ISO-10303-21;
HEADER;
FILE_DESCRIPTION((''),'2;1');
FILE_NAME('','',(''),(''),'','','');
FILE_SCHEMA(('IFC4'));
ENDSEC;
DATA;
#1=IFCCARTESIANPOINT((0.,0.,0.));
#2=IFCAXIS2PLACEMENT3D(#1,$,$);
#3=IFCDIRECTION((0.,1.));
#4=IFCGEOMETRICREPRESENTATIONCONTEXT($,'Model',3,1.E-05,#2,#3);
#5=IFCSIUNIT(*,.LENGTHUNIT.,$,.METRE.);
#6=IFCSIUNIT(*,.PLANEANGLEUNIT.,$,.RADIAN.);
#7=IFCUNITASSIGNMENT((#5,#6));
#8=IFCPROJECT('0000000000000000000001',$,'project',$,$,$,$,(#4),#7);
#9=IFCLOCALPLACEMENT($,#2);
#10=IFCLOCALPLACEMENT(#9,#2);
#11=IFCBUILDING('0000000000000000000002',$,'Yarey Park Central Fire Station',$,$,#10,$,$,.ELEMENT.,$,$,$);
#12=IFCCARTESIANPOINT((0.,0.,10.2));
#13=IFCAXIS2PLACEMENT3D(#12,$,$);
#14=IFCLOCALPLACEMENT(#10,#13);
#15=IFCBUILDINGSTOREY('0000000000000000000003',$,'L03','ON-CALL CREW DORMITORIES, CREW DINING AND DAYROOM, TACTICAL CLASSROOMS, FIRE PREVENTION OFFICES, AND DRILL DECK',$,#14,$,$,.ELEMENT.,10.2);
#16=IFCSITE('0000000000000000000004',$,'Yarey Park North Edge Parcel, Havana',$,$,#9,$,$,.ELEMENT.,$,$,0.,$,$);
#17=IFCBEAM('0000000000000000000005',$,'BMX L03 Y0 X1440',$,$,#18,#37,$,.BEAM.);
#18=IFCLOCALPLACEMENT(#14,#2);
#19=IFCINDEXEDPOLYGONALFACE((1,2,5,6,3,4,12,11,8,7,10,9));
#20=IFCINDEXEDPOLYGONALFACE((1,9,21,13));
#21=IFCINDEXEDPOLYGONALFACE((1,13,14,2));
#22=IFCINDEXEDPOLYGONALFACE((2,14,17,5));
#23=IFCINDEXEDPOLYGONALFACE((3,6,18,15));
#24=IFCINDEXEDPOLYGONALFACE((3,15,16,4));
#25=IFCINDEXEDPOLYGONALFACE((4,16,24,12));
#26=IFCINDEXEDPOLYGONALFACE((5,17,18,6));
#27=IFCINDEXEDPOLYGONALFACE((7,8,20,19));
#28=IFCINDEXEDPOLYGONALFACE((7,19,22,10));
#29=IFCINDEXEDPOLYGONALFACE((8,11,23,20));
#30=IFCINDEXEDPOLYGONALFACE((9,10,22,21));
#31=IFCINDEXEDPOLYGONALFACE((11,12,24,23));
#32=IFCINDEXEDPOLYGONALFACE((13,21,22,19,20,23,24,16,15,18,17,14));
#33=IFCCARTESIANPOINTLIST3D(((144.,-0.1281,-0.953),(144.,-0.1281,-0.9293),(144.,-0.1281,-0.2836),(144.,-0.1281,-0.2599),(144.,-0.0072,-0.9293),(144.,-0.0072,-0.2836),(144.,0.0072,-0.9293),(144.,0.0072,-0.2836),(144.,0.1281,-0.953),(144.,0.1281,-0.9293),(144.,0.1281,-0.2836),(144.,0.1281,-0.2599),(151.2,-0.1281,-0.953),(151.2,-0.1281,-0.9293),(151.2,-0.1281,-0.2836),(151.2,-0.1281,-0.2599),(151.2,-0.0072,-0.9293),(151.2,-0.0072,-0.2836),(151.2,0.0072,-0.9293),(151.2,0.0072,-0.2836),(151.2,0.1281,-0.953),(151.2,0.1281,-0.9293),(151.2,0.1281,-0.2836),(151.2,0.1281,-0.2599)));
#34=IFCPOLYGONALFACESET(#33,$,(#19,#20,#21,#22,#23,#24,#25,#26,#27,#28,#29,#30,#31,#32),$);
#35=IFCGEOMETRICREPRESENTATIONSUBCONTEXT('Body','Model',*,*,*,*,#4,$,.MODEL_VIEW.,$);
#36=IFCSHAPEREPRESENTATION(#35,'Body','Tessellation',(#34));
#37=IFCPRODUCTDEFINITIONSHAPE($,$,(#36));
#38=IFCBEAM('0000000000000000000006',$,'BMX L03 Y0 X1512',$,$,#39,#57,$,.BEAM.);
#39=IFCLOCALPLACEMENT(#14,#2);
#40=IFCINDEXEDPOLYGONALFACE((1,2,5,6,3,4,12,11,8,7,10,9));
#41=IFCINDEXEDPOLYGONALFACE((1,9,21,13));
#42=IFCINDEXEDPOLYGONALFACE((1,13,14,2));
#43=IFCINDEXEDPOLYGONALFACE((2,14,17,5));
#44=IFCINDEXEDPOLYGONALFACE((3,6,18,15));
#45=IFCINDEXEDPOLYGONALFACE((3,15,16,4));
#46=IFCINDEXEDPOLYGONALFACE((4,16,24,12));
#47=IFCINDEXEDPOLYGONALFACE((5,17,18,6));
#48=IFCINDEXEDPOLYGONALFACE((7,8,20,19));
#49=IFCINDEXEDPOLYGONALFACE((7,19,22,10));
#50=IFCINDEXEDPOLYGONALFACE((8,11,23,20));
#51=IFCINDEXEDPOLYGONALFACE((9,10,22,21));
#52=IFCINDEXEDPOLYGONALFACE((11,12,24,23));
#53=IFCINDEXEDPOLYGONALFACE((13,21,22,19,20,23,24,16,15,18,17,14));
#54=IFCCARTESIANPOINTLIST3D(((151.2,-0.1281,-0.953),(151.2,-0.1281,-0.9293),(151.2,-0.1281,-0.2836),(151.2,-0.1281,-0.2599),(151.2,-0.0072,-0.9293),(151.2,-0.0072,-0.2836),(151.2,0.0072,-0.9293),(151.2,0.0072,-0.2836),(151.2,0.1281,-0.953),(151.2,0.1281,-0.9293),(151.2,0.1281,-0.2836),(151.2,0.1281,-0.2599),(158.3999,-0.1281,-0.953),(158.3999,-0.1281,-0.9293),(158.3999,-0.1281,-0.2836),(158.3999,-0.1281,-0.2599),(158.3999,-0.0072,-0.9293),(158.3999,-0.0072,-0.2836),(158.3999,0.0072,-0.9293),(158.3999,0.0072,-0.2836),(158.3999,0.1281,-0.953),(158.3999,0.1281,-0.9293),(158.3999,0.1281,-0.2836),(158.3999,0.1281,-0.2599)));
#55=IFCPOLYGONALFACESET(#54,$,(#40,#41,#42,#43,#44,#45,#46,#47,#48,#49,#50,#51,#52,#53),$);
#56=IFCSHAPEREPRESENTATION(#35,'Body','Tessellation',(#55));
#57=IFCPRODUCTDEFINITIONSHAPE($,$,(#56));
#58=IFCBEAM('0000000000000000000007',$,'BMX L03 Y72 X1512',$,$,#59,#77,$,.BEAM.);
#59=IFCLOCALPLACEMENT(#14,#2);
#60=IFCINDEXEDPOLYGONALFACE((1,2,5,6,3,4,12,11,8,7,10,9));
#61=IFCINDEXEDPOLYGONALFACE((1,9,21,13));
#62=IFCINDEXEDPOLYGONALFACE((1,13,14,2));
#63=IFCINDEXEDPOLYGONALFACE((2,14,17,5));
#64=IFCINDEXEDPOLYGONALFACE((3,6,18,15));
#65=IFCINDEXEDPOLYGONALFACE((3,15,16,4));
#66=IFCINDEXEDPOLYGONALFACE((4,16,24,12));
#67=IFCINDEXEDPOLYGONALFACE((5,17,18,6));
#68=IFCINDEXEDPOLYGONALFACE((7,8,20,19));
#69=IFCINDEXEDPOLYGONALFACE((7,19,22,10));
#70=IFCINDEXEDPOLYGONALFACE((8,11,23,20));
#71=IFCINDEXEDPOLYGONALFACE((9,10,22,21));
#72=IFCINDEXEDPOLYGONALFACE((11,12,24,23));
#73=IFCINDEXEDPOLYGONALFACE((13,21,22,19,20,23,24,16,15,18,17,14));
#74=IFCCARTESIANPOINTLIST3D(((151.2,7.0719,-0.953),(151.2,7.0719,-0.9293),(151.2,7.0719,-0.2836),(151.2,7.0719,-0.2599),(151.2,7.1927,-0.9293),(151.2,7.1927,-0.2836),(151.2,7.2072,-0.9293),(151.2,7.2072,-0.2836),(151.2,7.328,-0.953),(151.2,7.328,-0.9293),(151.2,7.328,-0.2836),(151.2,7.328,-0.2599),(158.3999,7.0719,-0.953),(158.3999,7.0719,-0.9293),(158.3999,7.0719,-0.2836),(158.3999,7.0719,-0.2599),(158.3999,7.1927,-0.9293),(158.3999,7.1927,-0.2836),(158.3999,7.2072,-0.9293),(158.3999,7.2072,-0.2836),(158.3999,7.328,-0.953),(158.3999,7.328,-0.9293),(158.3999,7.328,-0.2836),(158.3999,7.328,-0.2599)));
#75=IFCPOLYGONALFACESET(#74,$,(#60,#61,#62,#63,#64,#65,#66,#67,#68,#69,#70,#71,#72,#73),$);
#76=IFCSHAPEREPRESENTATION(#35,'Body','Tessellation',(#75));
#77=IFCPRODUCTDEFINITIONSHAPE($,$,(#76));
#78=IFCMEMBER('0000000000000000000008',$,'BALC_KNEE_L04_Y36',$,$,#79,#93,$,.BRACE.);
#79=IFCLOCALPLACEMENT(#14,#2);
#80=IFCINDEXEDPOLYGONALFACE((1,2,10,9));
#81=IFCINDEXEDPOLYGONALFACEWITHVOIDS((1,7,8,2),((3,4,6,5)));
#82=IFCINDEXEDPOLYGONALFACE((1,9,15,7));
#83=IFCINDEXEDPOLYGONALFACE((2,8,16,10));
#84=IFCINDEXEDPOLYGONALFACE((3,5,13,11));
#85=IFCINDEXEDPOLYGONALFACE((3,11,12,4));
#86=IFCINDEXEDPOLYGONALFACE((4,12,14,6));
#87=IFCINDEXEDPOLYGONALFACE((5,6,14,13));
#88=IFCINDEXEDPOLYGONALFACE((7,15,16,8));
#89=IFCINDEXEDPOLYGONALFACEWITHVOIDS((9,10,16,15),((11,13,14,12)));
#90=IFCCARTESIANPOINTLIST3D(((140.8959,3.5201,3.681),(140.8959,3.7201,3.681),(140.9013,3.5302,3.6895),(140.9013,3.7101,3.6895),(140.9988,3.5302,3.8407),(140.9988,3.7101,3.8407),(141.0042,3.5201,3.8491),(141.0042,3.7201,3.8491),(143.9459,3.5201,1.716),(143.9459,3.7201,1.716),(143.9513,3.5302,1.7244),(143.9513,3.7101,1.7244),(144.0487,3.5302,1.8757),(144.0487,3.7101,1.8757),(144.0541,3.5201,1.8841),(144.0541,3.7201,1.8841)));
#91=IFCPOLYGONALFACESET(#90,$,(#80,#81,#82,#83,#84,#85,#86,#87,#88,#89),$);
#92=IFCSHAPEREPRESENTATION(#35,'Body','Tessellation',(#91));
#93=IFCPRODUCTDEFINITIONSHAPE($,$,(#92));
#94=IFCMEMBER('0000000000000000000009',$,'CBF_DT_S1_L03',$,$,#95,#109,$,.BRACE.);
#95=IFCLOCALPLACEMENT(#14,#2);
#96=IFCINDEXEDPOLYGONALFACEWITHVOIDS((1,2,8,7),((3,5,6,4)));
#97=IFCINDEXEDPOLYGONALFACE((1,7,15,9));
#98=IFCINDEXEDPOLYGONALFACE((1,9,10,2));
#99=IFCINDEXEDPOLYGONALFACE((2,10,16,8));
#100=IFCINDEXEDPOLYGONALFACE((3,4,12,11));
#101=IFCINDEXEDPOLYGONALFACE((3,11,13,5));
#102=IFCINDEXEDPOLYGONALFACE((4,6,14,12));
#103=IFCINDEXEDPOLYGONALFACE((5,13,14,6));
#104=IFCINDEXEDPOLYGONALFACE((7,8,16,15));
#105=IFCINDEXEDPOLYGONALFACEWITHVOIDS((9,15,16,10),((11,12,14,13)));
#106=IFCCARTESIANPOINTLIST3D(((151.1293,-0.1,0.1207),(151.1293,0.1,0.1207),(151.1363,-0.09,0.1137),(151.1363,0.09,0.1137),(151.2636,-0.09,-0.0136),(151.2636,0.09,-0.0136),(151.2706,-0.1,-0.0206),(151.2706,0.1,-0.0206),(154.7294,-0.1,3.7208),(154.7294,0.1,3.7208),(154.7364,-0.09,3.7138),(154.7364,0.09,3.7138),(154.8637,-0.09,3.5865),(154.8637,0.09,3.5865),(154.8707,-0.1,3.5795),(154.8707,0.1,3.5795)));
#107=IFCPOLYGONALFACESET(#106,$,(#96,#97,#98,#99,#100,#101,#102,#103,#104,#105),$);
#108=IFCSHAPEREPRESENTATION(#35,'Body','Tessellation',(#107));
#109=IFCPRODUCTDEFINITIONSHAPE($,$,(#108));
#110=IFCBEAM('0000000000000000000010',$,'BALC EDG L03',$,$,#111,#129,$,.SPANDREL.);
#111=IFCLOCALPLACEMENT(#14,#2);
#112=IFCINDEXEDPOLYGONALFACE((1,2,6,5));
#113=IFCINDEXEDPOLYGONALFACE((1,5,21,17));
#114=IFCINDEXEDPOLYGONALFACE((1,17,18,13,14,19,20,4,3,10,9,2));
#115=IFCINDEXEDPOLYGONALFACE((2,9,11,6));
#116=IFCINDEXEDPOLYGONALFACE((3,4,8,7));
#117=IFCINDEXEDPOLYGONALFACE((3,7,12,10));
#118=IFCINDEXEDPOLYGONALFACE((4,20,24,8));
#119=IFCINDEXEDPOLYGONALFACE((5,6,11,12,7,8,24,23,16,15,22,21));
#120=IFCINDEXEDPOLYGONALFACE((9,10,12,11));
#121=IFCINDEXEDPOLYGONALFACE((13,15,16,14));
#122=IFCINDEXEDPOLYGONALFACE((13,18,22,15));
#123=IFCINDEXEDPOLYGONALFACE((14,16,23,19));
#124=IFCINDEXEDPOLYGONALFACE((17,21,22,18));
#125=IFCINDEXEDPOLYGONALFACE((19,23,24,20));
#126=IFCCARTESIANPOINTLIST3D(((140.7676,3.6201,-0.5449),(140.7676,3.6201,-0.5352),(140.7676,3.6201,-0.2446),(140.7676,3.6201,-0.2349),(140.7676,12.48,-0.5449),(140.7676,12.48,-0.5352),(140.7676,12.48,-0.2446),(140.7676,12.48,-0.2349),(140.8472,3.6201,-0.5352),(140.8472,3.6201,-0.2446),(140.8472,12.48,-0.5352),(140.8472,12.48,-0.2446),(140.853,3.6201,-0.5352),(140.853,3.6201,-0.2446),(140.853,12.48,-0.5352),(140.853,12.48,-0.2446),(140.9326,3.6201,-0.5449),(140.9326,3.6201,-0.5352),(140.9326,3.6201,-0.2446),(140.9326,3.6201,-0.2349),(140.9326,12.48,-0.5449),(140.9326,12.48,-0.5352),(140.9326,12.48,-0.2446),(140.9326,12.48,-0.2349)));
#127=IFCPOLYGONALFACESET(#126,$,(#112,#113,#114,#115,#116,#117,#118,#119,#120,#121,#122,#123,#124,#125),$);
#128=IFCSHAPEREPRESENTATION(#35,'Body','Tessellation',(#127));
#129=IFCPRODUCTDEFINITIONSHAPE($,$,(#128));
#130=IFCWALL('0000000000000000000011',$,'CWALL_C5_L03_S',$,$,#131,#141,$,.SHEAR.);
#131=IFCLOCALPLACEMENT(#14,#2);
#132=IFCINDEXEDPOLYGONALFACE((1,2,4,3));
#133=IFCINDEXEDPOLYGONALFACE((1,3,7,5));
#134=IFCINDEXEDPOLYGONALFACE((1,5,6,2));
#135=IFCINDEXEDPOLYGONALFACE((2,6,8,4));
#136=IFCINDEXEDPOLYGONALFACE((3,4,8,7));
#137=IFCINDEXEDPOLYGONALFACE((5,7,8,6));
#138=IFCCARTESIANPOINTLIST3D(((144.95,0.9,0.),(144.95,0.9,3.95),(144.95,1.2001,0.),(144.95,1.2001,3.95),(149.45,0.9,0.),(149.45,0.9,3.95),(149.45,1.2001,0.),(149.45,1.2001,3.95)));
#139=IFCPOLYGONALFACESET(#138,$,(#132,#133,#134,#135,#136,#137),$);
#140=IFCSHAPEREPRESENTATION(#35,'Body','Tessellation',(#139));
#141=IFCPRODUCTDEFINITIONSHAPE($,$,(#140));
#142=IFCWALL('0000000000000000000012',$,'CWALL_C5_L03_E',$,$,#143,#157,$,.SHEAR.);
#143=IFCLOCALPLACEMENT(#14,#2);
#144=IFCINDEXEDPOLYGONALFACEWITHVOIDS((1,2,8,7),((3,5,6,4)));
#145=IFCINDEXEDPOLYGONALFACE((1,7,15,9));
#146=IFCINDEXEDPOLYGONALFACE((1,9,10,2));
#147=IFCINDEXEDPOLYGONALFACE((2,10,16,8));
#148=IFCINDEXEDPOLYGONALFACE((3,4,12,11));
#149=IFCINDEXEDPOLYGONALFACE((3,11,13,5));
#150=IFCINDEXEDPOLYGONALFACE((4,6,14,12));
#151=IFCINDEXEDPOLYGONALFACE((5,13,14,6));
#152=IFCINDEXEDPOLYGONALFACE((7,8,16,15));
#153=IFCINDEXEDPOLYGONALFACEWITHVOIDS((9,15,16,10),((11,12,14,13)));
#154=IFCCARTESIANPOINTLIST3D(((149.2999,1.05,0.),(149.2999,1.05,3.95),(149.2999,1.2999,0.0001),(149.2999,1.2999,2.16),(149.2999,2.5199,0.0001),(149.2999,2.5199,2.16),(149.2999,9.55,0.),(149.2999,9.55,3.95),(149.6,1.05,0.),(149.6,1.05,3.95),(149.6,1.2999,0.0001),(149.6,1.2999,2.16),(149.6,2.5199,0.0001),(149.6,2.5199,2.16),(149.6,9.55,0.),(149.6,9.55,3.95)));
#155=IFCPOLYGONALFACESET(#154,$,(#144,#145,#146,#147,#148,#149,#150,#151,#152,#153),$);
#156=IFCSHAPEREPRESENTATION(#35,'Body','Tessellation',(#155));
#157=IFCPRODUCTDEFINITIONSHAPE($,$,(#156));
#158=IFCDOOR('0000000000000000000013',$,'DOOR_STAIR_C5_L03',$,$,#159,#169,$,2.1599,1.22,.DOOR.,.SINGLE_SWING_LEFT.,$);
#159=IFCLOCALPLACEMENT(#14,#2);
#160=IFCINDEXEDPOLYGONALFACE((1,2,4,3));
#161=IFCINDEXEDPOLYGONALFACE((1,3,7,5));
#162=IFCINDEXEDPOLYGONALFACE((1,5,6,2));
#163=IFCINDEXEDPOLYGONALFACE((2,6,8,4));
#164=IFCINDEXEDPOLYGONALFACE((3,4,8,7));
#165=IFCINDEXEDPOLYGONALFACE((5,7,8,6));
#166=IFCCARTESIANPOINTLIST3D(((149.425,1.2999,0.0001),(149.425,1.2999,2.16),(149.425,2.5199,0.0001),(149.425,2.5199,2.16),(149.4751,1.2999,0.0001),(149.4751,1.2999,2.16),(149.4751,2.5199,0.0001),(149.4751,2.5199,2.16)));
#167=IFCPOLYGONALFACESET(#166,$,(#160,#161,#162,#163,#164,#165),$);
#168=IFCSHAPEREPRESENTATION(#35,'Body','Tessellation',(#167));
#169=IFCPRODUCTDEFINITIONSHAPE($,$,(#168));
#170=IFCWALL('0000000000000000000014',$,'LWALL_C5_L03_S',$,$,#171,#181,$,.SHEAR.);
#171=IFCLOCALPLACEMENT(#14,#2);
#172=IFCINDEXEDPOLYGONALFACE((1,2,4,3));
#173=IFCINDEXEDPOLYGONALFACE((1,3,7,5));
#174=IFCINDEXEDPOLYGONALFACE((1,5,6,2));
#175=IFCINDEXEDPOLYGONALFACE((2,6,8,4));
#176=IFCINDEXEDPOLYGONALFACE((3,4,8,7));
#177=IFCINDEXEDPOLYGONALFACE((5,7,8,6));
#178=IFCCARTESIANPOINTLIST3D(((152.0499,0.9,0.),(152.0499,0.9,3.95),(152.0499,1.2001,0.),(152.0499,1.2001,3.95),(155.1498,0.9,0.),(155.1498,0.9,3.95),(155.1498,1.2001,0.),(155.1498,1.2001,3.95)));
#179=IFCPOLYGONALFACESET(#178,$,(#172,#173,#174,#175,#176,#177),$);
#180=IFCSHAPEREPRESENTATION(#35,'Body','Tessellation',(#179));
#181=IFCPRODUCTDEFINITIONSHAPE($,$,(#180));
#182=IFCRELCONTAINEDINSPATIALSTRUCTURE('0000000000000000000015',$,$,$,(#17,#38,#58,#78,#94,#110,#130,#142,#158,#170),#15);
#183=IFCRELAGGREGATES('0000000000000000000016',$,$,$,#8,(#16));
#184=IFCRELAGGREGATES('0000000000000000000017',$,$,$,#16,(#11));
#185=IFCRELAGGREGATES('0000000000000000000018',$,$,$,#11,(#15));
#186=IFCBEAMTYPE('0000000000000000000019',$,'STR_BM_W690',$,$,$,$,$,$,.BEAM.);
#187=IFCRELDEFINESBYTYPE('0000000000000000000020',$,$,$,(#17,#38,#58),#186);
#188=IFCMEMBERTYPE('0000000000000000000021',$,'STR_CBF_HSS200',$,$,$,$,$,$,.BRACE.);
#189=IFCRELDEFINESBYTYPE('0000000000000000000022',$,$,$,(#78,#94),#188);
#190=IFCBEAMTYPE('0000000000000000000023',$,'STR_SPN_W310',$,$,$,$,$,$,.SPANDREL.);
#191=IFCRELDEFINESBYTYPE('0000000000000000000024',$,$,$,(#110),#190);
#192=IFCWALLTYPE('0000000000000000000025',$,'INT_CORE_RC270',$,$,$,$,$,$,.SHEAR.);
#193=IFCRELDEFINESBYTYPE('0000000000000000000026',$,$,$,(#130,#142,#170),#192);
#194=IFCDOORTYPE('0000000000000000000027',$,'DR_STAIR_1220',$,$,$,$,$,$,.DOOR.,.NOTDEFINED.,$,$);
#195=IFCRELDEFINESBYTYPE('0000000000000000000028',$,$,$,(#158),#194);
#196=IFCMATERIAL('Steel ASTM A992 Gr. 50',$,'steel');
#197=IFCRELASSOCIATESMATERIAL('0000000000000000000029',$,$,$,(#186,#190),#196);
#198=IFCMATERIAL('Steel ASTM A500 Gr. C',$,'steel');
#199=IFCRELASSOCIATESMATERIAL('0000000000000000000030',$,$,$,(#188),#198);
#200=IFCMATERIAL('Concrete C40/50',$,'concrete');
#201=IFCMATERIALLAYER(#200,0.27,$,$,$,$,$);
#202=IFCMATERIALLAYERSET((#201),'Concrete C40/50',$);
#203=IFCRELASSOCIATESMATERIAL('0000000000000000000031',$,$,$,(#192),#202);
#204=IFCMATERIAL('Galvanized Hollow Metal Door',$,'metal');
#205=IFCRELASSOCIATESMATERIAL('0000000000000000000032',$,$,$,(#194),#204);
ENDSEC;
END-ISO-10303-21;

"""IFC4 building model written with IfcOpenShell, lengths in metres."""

from ifc_helpers import new_model, si_unit, direction, frame, frame_2d, origin, origin_2d, place, context, subcontext, project, spatial, rectangle, hollow_rectangle, i_section, extrude, material, layer, layer_set, material_profile, profile_set, type_object, element, fill, save


model = new_model("IFC4")

# Units and contexts
model_context = context("Model", 3, precision=1e-05, world=origin(), true_north=direction((0.0, 1.0)))
body_context = subcontext(model_context, "Body", "Model", "MODEL_VIEW")
ifc_project = project(units=[si_unit("LENGTHUNIT", "METRE"), si_unit("PLANEANGLEUNIT", "RADIAN")], contexts=[model_context])

# Site, building, storey
site_placement = place(None, origin())
site = spatial("IfcSite", under=ifc_project, at=site_placement, Name="Yarey Park North Edge Parcel, Havana", CompositionType="ELEMENT", RefElevation=0.0)
building_placement = place(site_placement, origin())
building = spatial("IfcBuilding", under=site, at=building_placement, Name="Yarey Park Central Fire Station", CompositionType="ELEMENT")
storey_placement = place(building_placement, frame((0.0, 0.0, 10.2)))
storey = spatial("IfcBuildingStorey", under=building, at=storey_placement, Name="L03", Description="ON-CALL CREW DORMITORIES, CREW DINING AND DAYROOM, TACTICAL CLASSROOMS, FIRE PREVENTION OFFICES, AND DRILL DECK", CompositionType="ELEMENT", Elevation=10.2)

# Shared definitions
ifc_material_1 = material(Name="Steel ASTM A992 Gr. 50", Category="steel")

# Beams
ifc_material_profile_1 = material_profile(ifc_material_1, i_section(OverallWidth=0.2561, OverallDepth=0.6931, WebThickness=0.0144, FlangeThickness=0.0237, at=origin_2d()), Name="W690x170")
ifc_profile_set_1 = profile_set([ifc_material_profile_1], Name="Steel ASTM A992 Gr. 50")
beam_type_1 = type_object("IfcBeamType", Name="STR_BM_W690", PredefinedType="BEAM", material=ifc_profile_set_1)
for number, where, z_axis, x_axis, name in (
    (1, (144.0, 0.0, -0.6064), (1.0, 0.0, 0.0), (0.0, 1.0, 0.0), "BMX L03 Y0 X1440"),
    (2, (151.2, 0.0, -0.6064), (1.0, 0.0, 0.0), (0.0, 1.0, 0.0), "BMX L03 Y0 X1512"),
    (3, (151.2, 7.2, -0.6064), (1.0, 0.0, 0.0), (0.0, 1.0, 0.0), "BMX L03 Y72 X1512"),
):
    element("IfcBeam", number, at=place(storey_placement, frame(where, z_axis=z_axis, x_axis=x_axis)), inside=storey, type_object=beam_type_1, Name=name, PredefinedType="BEAM", context=body_context, shape_type="SweptSolid", body=[
        extrude(i_section(OverallWidth=0.2561, OverallDepth=0.6931, WebThickness=0.0144, FlangeThickness=0.0237, at=origin_2d()), origin(), (0.0, 0.0, 1.0), 7.2),
    ])

# Members
ifc_material_2 = material(Name="Steel ASTM A500 Gr. C", Category="steel")
ifc_material_profile_2 = material_profile(ifc_material_2, hollow_rectangle(XDim=0.2, YDim=0.2, WallThickness=0.01, at=origin_2d()), Name="HSS 200x200x10")
ifc_profile_set_2 = profile_set([ifc_material_profile_2], Name="Steel ASTM A500 Gr. C")
member_type = type_object("IfcMemberType", Name="STR_CBF_HSS200", PredefinedType="BRACE", material=ifc_profile_set_2)
member_1_placement = place(storey_placement, frame((144.0, 3.6201, 1.8), z_axis=(-0.840634, 0.0, 0.541604), x_axis=(0.0, -1.0, 0.0)))
element("IfcMember", 4, at=member_1_placement, inside=storey, type_object=member_type, Name="BALC_KNEE_L04_Y36", PredefinedType="BRACE", context=body_context, shape_type="SweptSolid", body=[
    extrude(hollow_rectangle(XDim=0.2, YDim=0.2, WallThickness=0.01, at=origin_2d()), origin(), (0.0, 0.0, 1.0), 3.6282),
])
member_2_placement = place(storey_placement, frame((151.2, 0.0, 0.05), z_axis=(0.707107, 0.0, 0.707107), x_axis=(0.0, 1.0, 0.0)))
element("IfcMember", 5, at=member_2_placement, inside=storey, type_object=member_type, Name="CBF_DT_S1_L03", PredefinedType="BRACE", context=body_context, shape_type="SweptSolid", body=[
    extrude(hollow_rectangle(XDim=0.2, YDim=0.2, WallThickness=0.01, at=origin_2d()), origin(), (0.0, 0.0, 1.0), 5.0913),
])

# Beam
ifc_material_profile_3 = material_profile(ifc_material_1, i_section(OverallWidth=0.165, OverallDepth=0.3101, WebThickness=0.0059, FlangeThickness=0.0098, at=origin_2d()), Name="W310x39")
ifc_profile_set_3 = profile_set([ifc_material_profile_3], Name="Steel ASTM A992 Gr. 50")
beam_type_2 = type_object("IfcBeamType", Name="STR_SPN_W310", PredefinedType="SPANDREL", material=ifc_profile_set_3)
beam_1_placement = place(storey_placement, frame((140.8501, 3.6201, -0.3899), z_axis=(0.0, 1.0, 0.0), x_axis=(-1.0, 0.0, 0.0)))
element("IfcBeam", 6, at=beam_1_placement, inside=storey, type_object=beam_type_2, Name="BALC EDG L03", PredefinedType="SPANDREL", context=body_context, shape_type="SweptSolid", body=[
    extrude(i_section(OverallWidth=0.165, OverallDepth=0.3101, WebThickness=0.0059, FlangeThickness=0.0098, at=origin_2d()), origin(), (0.0, 0.0, 1.0), 8.8599),
])

# Wall
ifc_material_3 = material(Name="Concrete C40/50", Category="concrete")
ifc_layer_1 = layer(ifc_material_3, 0.27)
ifc_layer_set_1 = layer_set([ifc_layer_1], Name="Concrete C40/50")
wall_type = type_object("IfcWallType", Name="INT_CORE_RC270", PredefinedType="SHEAR", material=ifc_layer_set_1)
wall_1_placement = place(storey_placement, frame((144.95, 1.05, 0.0), z_axis=(0.0, 0.0, 1.0), x_axis=(1.0, 0.0, 0.0)))
element("IfcWall", 7, at=wall_1_placement, inside=storey, type_object=wall_type, Name="CWALL_C5_L03_S", PredefinedType="SHEAR", context=body_context, shape_type="SweptSolid", body=[
    extrude(rectangle(XDim=4.5, YDim=0.3, at=frame_2d((2.25, 0.0))), origin(), (0.0, 0.0, 1.0), 3.95),
])

# Wall, opening, door
wall_2_placement = place(storey_placement, frame((149.45, 1.05, 0.0), z_axis=(0.0, 0.0, 1.0), x_axis=(0.0, 1.0, 0.0)))
wall_2 = element("IfcWall", 8, at=wall_2_placement, inside=storey, type_object=wall_type, Name="CWALL_C5_L03_E", PredefinedType="SHEAR", context=body_context, shape_type="SweptSolid", body=[
    extrude(rectangle(XDim=8.5, YDim=0.3, at=frame_2d((4.25, 0.0))), origin(), (0.0, 0.0, 1.0), 3.95),
])
opening_placement = place(wall_2_placement, frame((0.25, 0.0, 0.0)))
opening = element("IfcOpeningElement", 9, at=opening_placement, cuts=wall_2, PredefinedType="OPENING", context=body_context, shape_type="SweptSolid", body=[
    extrude(rectangle(XDim=1.22, YDim=2.1599, at=frame_2d((0.6099, 1.0801))), frame((0.0, 0.1599, 0.0), z_axis=(0.0, -1.0, 0.0), x_axis=(1.0, 0.0, 0.0)), (0.0, 0.0, 1.0), 0.3201),
])
ifc_material_4 = material(Name="Galvanized Hollow Metal Door", Category="metal")
door_type = type_object("IfcDoorType", Name="DR_STAIR_1220", OperationType="NOTDEFINED", PredefinedType="DOOR", material=ifc_material_4)
door_placement = place(opening_placement, origin())
door = element("IfcDoor", 10, at=door_placement, inside=storey, type_object=door_type, Name="DOOR_STAIR_C5_L03", OperationType="SINGLE_SWING_LEFT", OverallHeight=2.1599, OverallWidth=1.22, PredefinedType="DOOR", context=body_context, shape_type="SweptSolid", body=[
    extrude(rectangle(XDim=1.22, YDim=2.1599, at=frame_2d((0.6099, 1.0801))), frame((0.0, 0.0249, 0.0), z_axis=(0.0, -1.0, 0.0), x_axis=(1.0, 0.0, 0.0)), (0.0, 0.0, 1.0), 0.05),
])
fill(opening, door)

# Wall
wall_3_placement = place(storey_placement, frame((152.05, 1.05, 0.0), z_axis=(0.0, 0.0, 1.0), x_axis=(1.0, 0.0, 0.0)))
element("IfcWall", 11, at=wall_3_placement, inside=storey, type_object=wall_type, Name="LWALL_C5_L03_S", PredefinedType="SHEAR", context=body_context, shape_type="SweptSolid", body=[
    extrude(rectangle(XDim=3.0999, YDim=0.3, at=frame_2d((1.5498, 0.0))), origin(), (0.0, 0.0, 1.0), 3.95),
])

save(model, "model.ifc")
